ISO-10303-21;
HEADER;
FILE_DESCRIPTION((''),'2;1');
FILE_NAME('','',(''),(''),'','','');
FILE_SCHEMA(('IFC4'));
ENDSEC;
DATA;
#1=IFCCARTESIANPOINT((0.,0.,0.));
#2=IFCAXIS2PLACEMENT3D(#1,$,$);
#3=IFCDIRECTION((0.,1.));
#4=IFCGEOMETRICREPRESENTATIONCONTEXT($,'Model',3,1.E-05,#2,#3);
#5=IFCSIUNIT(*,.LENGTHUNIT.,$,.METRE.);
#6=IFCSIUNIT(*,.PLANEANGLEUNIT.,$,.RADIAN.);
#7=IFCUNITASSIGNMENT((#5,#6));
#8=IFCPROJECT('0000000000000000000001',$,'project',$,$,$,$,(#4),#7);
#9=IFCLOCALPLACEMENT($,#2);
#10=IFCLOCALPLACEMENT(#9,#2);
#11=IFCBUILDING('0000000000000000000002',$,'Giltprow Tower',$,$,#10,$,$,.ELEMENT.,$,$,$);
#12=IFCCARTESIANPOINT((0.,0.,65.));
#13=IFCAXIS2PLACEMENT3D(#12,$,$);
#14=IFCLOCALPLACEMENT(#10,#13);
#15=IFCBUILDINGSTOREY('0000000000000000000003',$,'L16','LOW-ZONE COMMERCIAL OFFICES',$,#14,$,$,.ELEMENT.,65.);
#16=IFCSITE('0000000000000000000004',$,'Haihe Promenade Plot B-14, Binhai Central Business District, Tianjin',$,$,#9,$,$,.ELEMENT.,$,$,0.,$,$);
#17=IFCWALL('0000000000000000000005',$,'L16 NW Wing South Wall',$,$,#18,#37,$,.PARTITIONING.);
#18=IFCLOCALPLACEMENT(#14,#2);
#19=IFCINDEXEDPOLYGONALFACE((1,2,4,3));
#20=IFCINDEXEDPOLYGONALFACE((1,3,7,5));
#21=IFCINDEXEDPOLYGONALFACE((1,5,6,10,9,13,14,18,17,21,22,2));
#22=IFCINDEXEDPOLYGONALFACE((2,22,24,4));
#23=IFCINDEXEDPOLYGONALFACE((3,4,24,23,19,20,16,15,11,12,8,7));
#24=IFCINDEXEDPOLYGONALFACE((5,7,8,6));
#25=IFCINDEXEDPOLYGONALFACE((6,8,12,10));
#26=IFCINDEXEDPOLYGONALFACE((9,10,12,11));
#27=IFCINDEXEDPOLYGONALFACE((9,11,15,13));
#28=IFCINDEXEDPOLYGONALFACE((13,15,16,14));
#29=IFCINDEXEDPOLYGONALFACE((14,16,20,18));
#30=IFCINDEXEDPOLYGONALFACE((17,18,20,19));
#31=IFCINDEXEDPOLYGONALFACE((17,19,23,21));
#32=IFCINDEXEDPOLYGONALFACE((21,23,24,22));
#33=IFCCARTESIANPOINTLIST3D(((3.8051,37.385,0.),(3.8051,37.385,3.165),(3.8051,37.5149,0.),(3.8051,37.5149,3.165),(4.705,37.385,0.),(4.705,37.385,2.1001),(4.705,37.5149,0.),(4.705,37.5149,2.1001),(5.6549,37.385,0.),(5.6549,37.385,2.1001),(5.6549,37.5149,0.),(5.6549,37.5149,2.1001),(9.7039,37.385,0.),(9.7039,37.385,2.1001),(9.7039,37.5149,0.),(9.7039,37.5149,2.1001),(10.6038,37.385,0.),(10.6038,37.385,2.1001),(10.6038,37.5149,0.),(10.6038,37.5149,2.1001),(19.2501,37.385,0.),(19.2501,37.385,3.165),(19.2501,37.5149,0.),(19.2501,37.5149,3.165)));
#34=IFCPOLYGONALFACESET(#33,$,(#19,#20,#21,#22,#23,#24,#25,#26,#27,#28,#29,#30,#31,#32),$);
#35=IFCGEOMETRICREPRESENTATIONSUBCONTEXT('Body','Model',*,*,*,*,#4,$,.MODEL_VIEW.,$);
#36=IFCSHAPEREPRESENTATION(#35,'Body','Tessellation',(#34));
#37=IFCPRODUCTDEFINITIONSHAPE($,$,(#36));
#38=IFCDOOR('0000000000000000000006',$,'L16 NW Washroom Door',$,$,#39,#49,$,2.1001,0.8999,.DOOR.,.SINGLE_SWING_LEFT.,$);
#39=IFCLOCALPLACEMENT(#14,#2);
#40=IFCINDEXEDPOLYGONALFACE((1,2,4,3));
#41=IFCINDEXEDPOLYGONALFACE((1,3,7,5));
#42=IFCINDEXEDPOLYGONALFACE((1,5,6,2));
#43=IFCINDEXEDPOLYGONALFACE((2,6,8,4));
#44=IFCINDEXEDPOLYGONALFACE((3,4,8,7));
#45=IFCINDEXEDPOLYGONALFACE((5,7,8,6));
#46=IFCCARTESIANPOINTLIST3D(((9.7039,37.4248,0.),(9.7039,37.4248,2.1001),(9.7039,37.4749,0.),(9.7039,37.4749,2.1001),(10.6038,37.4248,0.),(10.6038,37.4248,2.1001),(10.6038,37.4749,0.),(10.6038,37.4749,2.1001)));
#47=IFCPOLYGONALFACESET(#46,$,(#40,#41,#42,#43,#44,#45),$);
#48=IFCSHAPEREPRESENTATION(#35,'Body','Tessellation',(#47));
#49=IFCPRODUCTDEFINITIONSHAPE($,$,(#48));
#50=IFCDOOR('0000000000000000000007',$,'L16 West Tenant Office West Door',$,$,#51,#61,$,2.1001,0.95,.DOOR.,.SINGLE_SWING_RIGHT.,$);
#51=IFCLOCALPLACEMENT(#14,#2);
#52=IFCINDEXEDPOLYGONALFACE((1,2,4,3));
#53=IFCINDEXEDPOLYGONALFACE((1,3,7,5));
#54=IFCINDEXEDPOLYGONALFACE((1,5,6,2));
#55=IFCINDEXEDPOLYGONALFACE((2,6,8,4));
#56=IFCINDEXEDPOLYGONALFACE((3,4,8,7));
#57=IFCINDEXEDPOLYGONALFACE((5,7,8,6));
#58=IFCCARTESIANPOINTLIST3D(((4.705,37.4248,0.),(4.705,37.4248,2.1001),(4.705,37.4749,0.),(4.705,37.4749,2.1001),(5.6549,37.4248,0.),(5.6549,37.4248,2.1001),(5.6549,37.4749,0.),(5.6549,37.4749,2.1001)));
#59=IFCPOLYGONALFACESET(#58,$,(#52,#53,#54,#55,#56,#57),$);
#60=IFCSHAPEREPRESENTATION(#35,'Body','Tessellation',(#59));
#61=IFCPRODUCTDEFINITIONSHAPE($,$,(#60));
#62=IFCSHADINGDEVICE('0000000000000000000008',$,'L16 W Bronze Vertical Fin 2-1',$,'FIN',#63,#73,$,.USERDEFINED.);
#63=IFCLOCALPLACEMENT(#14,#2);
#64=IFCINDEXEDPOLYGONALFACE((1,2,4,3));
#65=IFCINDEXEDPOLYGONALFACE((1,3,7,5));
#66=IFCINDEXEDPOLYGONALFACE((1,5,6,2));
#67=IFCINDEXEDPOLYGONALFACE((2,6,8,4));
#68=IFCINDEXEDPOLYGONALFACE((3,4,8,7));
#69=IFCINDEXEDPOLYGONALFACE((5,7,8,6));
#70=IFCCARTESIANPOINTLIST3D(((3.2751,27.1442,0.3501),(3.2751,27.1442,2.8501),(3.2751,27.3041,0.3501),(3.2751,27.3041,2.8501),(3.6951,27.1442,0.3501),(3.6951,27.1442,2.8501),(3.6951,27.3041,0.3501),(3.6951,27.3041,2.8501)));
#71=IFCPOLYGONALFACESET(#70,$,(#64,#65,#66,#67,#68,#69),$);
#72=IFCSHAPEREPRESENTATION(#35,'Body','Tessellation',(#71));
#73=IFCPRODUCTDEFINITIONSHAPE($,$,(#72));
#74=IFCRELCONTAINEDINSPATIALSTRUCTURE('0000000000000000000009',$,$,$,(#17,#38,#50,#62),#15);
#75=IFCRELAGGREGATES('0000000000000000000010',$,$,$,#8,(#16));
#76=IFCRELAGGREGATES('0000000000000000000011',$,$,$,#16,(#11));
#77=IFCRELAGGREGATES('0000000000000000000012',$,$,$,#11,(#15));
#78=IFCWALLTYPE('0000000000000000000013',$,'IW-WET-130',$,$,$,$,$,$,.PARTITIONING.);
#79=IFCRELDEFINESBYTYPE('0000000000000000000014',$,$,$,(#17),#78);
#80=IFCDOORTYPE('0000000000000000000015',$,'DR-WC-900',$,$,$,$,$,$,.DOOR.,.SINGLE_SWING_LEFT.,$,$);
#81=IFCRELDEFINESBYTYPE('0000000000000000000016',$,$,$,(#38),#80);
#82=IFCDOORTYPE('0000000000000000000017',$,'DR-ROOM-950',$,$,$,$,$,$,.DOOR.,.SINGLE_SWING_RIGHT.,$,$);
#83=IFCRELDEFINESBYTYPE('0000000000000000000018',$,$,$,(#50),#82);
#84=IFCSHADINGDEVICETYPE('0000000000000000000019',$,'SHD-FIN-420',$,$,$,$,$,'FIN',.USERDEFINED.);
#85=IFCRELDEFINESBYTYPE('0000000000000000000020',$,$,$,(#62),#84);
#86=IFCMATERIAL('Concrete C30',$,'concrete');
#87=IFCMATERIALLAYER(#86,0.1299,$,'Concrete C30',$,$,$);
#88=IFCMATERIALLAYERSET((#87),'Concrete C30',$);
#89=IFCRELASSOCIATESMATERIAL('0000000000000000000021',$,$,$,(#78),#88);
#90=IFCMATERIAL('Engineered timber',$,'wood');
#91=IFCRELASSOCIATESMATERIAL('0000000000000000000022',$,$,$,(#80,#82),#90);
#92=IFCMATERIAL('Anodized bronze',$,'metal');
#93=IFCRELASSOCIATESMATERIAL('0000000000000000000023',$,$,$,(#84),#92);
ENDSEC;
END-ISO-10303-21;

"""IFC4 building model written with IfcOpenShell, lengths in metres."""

from ifc_helpers import new_model, si_unit, direction, frame, frame_2d, origin, origin_2d, place, context, subcontext, project, spatial, rectangle, extrude, source, transform, mapped, material, layer, layer_set, type_object, element, fill, save


model = new_model("IFC4")

# Units and contexts
model_context = context("Model", 3, precision=1e-05, world=origin(), true_north=direction((0.0, 1.0)))
body_context = subcontext(model_context, "Body", "Model", "MODEL_VIEW")
ifc_project = project(units=[si_unit("LENGTHUNIT", "METRE"), si_unit("PLANEANGLEUNIT", "RADIAN")], contexts=[model_context])

# Site, building, storey
site_placement = place(None, origin())
site = spatial("IfcSite", under=ifc_project, at=site_placement, Name="Haihe Promenade Plot B-14, Binhai Central Business District, Tianjin", CompositionType="ELEMENT", RefElevation=0.0)
building_placement = place(site_placement, origin())
building = spatial("IfcBuilding", under=site, at=building_placement, Name="Giltprow Tower", CompositionType="ELEMENT")
storey_placement = place(building_placement, frame((0.0, 0.0, 65.0)))
storey = spatial("IfcBuildingStorey", under=building, at=storey_placement, Name="L16", Description="LOW-ZONE COMMERCIAL OFFICES", CompositionType="ELEMENT", Elevation=65.0)

# Wall, openings, doors
ifc_material_1 = material(Name="Engineered timber", Category="wood")
ifc_material_2 = material(Name="Concrete C30", Category="concrete")
ifc_layer_1 = layer(ifc_material_2, 0.1299, Name="Concrete C30")
ifc_layer_set_1 = layer_set([ifc_layer_1], Name="Concrete C30")
wall_type_1 = type_object("IfcWallType", Name="IW-WET-130", PredefinedType="PARTITIONING", material=ifc_layer_set_1)
wall_1_placement = place(storey_placement, frame((3.8049, 37.45, 0.0), z_axis=(0.0, 0.0, 1.0), x_axis=(1.0, 0.0, 0.0)))
wall_1 = element("IfcWall", 1, at=wall_1_placement, inside=storey, type_object=wall_type_1, Name="L16 NW Wing South Wall", PredefinedType="PARTITIONING", context=body_context, shape_type="SweptSolid", body=[
    extrude(rectangle(XDim=15.4451, YDim=0.1299, at=frame_2d((7.7227, 0.0))), origin(), (0.0, 0.0, 1.0), 3.165),
])
opening_1_placement = place(wall_1_placement, frame((0.8999, 0.0, 0.0)))
opening_1 = element("IfcOpeningElement", 2, at=opening_1_placement, cuts=wall_1, PredefinedType="OPENING", context=body_context, shape_type="SweptSolid", body=[
    extrude(rectangle(XDim=0.95, YDim=2.1001, at=frame_2d((0.4751, 1.05))), frame((0.0, 0.075, 0.0), z_axis=(0.0, -1.0, 0.0), x_axis=(1.0, 0.0, 0.0)), (0.0, 0.0, 1.0), 0.1499),
])
opening_2_placement = place(wall_1_placement, frame((5.8989, 0.0, 0.0)))
opening_2 = element("IfcOpeningElement", 3, at=opening_2_placement, cuts=wall_1, PredefinedType="OPENING", context=body_context, shape_type="SweptSolid", body=[
    extrude(rectangle(XDim=0.8999, YDim=2.1001, at=frame_2d((0.45, 1.05))), frame((0.0, 0.075, 0.0), z_axis=(0.0, -1.0, 0.0), x_axis=(1.0, 0.0, 0.0)), (0.0, 0.0, 1.0), 0.1499),
])
door_type_1 = type_object("IfcDoorType", Name="DR-WC-900", OperationType="SINGLE_SWING_LEFT", PredefinedType="DOOR", material=ifc_material_1)
shared_shape_1 = source(origin(), body_context, "Body", "SweptSolid", [
    extrude(rectangle(XDim=0.8999, YDim=2.1001, at=frame_2d((0.45, 1.05))), frame((0.0, 0.0249, 0.0), z_axis=(0.0, -1.0, 0.0), x_axis=(1.0, 0.0, 0.0)), (0.0, 0.0, 1.0), 0.05),
])
door_1_placement = place(opening_2_placement, origin())
door_1 = element("IfcDoor", 4, at=door_1_placement, inside=storey, type_object=door_type_1, Name="L16 NW Washroom Door", OperationType="SINGLE_SWING_LEFT", OverallHeight=2.1001, OverallWidth=0.8999, PredefinedType="DOOR", context=body_context, shape_type="MappedRepresentation", body=[
    mapped(shared_shape_1, transform((0.0, 0.0, 0.0), x_axis=(1.0, 0.0, 0.0), y_axis=(0.0, 1.0, 0.0), z_axis=(0.0, 0.0, 1.0), scale=1.0)),
])
fill(opening_2, door_1)
door_type_2 = type_object("IfcDoorType", Name="DR-ROOM-950", OperationType="SINGLE_SWING_RIGHT", PredefinedType="DOOR", material=ifc_material_1)
shared_shape_2 = source(origin(), body_context, "Body", "SweptSolid", [
    extrude(rectangle(XDim=0.95, YDim=2.1001, at=frame_2d((0.4751, 1.05))), frame((0.0, 0.0249, 0.0), z_axis=(0.0, -1.0, 0.0), x_axis=(1.0, 0.0, 0.0)), (0.0, 0.0, 1.0), 0.05),
])
door_2_placement = place(opening_1_placement, origin())
door_2 = element("IfcDoor", 5, at=door_2_placement, inside=storey, type_object=door_type_2, Name="L16 West Tenant Office West Door", OperationType="SINGLE_SWING_RIGHT", OverallHeight=2.1001, OverallWidth=0.95, PredefinedType="DOOR", context=body_context, shape_type="MappedRepresentation", body=[
    mapped(shared_shape_2, transform((0.0, 0.0, 0.0), x_axis=(1.0, 0.0, 0.0), y_axis=(0.0, 1.0, 0.0), z_axis=(0.0, 0.0, 1.0), scale=1.0)),
])
fill(opening_1, door_2)

# Shading device
ifc_material_3 = material(Name="Anodized bronze", Category="metal")
shading_device_type = type_object("IfcShadingDeviceType", Name="SHD-FIN-420", ElementType="FIN", PredefinedType="USERDEFINED", material=ifc_material_3)
shared_shape_3 = source(origin(), body_context, "Body", "SweptSolid", [
    extrude(rectangle(XDim=0.4199, YDim=0.1599, at=origin_2d()), origin(), (0.0, 0.0, 1.0), 2.5),
])
shading_device_placement = place(storey_placement, frame((3.4851, 27.2241, 0.3501), z_axis=(0.0, 0.0, 1.0), x_axis=(1.0, 0.0, 0.0)))
element("IfcShadingDevice", 6, at=shading_device_placement, inside=storey, type_object=shading_device_type, Name="L16 W Bronze Vertical Fin 2-1", ObjectType="FIN", PredefinedType="USERDEFINED", context=body_context, shape_type="MappedRepresentation", body=[
    mapped(shared_shape_3, transform((0.0, 0.0, 0.0), x_axis=(1.0, 0.0, 0.0), y_axis=(0.0, 1.0, 0.0), z_axis=(0.0, 0.0, 1.0), scale=1.0)),
])

save(model, "model.ifc")
